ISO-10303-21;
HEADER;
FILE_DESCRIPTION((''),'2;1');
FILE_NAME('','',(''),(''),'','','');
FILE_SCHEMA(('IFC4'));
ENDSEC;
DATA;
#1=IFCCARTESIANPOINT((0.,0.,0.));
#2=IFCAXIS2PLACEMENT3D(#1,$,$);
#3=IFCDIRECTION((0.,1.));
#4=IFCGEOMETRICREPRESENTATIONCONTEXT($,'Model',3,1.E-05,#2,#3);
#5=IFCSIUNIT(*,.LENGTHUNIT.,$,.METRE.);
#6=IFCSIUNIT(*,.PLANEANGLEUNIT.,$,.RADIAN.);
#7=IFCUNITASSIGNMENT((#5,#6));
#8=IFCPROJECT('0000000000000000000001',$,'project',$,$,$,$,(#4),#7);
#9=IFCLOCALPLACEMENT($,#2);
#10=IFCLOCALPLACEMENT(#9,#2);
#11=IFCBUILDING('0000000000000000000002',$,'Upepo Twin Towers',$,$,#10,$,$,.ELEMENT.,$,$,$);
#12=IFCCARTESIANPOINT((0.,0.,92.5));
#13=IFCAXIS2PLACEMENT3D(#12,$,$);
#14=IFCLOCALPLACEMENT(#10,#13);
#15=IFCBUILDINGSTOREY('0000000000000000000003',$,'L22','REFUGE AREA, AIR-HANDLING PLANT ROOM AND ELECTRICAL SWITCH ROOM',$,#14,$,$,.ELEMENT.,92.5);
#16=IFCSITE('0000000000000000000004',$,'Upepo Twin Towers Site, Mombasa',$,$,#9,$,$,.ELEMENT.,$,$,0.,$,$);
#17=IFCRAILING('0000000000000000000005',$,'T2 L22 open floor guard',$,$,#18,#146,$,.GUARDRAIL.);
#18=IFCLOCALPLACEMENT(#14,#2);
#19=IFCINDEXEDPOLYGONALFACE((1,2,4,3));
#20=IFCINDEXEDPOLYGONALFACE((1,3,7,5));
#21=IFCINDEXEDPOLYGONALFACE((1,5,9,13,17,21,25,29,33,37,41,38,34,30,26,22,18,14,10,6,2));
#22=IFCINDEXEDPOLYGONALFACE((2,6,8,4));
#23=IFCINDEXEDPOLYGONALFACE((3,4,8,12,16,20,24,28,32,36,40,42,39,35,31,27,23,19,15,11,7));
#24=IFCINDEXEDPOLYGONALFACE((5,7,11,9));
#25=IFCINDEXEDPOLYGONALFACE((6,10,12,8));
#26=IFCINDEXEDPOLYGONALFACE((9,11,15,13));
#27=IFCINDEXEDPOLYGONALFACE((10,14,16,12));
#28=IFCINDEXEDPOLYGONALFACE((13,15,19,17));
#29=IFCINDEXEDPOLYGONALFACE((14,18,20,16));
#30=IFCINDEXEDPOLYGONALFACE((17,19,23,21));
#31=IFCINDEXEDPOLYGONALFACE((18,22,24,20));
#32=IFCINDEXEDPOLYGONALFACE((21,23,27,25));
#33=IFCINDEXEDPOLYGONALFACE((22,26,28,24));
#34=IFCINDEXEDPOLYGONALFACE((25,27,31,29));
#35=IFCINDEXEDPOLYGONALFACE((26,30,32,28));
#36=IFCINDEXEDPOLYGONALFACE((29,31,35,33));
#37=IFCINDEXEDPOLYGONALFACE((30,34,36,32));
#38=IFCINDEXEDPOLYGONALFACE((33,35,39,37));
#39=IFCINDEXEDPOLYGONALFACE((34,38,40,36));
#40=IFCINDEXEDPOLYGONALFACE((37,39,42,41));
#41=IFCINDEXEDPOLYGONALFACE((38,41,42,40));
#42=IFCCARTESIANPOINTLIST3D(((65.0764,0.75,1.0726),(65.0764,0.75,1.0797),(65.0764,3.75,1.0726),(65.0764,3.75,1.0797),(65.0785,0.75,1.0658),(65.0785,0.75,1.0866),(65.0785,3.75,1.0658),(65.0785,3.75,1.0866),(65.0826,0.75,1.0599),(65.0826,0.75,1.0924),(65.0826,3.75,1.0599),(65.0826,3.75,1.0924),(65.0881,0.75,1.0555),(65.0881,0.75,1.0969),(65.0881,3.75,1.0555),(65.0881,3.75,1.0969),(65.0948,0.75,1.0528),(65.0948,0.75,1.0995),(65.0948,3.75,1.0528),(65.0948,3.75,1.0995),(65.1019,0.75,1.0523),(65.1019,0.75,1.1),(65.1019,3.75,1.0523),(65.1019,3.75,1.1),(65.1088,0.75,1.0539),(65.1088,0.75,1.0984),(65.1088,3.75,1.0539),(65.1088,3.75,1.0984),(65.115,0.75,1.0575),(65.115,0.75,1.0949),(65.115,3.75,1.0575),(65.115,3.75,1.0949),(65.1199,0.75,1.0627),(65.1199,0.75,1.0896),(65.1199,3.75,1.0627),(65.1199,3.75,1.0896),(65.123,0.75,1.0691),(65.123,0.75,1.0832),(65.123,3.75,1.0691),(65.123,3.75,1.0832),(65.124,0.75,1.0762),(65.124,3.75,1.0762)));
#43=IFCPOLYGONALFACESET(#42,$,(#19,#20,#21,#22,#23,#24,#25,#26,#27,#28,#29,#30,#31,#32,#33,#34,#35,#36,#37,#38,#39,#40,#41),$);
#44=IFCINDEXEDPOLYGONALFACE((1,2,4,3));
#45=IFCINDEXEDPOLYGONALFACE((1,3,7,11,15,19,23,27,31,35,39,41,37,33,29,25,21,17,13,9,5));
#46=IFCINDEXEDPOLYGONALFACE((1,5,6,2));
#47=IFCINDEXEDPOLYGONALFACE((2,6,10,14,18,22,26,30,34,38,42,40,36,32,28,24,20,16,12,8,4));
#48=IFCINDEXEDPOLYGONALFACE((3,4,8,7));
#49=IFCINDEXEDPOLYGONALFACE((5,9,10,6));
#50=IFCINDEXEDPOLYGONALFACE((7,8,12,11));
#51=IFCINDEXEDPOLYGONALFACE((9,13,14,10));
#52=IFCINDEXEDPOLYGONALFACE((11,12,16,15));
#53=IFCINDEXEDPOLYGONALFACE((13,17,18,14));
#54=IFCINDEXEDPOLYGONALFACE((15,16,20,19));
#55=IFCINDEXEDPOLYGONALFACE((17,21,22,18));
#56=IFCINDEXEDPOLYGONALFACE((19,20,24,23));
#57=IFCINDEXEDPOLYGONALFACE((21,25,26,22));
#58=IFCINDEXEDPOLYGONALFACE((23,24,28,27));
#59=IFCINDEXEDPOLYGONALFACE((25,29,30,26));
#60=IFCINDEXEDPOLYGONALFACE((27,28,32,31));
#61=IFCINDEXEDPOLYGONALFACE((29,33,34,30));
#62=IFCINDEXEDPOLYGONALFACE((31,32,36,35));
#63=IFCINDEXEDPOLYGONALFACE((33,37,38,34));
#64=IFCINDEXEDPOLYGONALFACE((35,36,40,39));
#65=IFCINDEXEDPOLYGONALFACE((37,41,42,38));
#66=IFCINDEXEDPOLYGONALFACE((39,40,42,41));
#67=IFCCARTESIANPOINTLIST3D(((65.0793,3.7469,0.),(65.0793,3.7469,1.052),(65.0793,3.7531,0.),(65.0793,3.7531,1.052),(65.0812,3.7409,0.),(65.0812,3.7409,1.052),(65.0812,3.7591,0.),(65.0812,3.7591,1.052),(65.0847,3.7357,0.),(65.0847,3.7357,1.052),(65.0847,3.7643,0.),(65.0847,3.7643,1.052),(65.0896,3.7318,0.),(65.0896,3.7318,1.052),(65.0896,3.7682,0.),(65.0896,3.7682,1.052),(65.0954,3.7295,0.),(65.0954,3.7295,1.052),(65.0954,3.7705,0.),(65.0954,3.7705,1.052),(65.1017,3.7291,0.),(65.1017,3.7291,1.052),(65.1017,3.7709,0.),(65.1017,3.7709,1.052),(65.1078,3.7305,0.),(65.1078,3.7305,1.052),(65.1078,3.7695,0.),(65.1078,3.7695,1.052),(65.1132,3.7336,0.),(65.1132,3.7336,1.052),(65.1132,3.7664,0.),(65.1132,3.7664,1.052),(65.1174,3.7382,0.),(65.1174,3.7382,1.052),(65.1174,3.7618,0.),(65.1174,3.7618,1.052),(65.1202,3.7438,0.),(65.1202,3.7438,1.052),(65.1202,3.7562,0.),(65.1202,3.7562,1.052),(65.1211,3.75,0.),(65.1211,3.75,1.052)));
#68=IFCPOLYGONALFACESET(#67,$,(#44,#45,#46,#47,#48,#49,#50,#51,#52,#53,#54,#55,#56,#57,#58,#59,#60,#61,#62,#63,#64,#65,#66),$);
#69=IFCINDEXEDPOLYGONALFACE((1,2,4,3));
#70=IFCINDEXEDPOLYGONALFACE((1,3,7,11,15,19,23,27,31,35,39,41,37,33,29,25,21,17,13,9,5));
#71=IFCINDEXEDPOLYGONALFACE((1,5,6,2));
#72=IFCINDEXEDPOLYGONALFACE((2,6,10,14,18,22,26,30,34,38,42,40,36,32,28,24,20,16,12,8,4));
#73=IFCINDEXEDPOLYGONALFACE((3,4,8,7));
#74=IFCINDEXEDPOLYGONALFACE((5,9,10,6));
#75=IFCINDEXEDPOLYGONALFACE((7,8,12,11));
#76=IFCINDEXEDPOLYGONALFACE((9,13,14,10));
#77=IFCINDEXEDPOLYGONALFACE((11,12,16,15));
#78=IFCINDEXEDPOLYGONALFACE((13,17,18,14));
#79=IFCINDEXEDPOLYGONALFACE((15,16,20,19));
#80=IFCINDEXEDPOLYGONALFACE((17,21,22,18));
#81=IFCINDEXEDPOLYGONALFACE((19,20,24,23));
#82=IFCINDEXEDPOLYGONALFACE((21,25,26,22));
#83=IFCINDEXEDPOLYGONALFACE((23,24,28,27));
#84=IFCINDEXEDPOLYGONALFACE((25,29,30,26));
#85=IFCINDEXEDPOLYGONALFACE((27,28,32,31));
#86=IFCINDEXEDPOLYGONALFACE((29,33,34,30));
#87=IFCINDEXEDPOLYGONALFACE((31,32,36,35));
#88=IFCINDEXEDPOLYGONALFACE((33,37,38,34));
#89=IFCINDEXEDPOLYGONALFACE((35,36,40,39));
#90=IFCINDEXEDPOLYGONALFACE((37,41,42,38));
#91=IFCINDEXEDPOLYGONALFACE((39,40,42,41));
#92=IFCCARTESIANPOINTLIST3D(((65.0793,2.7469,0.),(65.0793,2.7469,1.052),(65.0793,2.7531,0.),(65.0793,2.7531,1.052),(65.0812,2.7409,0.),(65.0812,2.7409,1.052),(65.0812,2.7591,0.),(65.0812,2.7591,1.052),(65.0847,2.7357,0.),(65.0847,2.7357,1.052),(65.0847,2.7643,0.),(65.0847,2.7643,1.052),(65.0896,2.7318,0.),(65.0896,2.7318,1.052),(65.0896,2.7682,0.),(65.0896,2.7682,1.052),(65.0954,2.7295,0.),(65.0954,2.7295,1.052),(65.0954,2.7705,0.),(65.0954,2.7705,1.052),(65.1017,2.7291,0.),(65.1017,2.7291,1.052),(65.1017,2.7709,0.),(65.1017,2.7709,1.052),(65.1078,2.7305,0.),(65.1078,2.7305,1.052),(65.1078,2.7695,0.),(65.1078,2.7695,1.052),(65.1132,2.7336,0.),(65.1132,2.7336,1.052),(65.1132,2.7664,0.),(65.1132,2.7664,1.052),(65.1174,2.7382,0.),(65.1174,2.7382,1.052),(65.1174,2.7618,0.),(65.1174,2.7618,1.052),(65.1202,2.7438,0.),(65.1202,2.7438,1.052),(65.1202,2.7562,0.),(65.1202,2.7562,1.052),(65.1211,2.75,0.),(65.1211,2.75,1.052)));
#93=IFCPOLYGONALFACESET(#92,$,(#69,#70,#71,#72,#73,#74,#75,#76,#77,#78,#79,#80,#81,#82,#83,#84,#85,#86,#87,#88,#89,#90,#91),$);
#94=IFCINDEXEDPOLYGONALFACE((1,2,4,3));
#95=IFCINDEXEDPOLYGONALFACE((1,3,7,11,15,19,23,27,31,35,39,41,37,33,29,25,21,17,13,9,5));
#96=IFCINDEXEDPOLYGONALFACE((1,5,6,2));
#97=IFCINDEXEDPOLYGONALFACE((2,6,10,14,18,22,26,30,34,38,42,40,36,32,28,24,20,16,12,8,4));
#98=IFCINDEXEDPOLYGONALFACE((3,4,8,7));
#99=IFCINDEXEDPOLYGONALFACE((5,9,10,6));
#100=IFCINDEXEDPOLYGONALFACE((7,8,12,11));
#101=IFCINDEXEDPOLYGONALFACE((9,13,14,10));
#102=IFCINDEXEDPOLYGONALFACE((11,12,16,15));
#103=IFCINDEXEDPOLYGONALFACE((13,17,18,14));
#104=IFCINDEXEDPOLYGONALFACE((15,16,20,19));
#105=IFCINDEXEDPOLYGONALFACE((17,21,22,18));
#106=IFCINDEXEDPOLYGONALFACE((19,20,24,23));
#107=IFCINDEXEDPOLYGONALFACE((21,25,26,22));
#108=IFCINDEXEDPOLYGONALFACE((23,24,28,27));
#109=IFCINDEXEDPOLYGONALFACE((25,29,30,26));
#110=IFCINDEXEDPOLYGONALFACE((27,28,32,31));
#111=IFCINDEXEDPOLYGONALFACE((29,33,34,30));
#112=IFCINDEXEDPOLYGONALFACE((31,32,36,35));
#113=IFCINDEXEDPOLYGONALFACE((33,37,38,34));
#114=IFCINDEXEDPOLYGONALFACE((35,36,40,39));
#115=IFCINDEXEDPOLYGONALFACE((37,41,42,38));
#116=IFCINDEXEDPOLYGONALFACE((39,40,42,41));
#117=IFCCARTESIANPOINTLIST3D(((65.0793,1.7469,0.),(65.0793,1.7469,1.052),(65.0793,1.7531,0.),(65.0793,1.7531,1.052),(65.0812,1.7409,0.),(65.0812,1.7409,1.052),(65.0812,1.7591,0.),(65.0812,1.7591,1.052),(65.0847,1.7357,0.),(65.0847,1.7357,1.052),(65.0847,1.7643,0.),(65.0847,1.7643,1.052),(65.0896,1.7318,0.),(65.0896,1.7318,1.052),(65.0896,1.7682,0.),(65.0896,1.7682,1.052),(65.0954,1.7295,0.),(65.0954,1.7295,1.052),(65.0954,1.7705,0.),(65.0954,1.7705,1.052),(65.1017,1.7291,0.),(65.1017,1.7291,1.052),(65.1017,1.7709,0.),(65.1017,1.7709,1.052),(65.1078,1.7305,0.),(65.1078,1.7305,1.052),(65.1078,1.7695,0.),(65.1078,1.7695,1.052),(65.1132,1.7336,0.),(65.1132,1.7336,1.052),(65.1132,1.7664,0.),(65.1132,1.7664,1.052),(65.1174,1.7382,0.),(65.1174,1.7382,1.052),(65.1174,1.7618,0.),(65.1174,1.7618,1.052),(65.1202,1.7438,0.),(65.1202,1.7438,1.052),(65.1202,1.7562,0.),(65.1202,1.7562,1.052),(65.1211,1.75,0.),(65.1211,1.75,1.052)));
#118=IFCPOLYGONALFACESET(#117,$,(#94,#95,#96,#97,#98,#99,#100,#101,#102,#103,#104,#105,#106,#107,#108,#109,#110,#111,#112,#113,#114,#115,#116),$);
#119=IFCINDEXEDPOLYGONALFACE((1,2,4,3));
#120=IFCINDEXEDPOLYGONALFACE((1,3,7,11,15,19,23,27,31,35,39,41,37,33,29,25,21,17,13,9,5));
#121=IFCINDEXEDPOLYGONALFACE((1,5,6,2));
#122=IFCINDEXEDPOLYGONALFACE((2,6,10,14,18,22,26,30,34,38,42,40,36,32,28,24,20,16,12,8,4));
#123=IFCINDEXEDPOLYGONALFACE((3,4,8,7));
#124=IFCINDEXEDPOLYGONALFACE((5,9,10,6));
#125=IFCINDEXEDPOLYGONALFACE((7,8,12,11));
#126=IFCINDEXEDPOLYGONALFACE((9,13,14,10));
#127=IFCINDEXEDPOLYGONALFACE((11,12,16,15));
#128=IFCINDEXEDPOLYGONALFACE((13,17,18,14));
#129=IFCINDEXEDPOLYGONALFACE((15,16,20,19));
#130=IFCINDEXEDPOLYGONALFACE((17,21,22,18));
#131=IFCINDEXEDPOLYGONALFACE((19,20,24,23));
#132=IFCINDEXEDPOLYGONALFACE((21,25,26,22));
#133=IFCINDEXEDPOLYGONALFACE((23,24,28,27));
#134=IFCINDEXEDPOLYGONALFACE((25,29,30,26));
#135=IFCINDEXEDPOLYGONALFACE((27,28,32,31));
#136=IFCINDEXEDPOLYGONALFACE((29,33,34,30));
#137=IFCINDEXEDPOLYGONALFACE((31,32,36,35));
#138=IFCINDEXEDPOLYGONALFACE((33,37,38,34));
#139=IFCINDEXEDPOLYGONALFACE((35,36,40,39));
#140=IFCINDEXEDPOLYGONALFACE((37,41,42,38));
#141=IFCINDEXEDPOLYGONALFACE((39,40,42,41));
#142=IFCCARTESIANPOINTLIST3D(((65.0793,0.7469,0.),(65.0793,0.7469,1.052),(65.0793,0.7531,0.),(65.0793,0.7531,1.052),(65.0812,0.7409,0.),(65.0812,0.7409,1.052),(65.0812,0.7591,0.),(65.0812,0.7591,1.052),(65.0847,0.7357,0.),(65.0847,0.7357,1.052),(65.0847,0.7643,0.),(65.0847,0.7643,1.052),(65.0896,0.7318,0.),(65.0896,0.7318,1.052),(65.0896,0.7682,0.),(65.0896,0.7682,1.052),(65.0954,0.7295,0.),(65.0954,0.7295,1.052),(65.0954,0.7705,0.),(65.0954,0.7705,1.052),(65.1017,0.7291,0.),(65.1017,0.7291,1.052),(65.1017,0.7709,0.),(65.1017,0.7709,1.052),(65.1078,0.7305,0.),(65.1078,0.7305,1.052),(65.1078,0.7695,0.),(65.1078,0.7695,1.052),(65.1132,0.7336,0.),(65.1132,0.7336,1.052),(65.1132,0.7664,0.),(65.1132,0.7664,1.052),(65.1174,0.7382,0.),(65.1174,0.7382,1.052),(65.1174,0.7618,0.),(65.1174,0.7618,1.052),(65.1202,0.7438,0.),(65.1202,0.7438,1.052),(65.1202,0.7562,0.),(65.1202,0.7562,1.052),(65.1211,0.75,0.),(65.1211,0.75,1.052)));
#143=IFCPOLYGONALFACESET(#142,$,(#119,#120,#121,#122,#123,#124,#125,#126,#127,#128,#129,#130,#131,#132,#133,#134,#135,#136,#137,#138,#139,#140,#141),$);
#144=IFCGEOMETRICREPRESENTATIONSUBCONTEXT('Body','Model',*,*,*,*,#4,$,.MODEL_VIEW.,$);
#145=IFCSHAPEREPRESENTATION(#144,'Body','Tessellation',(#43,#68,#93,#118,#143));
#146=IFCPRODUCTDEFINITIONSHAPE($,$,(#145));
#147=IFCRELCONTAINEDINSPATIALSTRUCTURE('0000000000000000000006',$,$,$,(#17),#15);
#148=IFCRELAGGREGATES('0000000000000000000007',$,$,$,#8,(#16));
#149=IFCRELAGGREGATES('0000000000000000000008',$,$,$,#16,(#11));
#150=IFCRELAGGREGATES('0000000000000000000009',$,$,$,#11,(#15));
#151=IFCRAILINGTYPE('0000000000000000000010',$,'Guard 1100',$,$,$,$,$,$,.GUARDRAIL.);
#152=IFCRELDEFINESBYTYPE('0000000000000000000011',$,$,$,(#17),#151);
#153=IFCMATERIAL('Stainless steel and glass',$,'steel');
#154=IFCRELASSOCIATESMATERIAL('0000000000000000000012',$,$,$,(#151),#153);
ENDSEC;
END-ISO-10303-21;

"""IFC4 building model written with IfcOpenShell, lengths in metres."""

from ifc_helpers import new_model, si_unit, direction, frame, origin, origin_2d, place, context, subcontext, project, spatial, circle, extrude, material, type_object, element, save


model = new_model("IFC4")

# Units and contexts
model_context = context("Model", 3, precision=1e-05, world=origin(), true_north=direction((0.0, 1.0)))
body_context = subcontext(model_context, "Body", "Model", "MODEL_VIEW")
ifc_project = project(units=[si_unit("LENGTHUNIT", "METRE"), si_unit("PLANEANGLEUNIT", "RADIAN")], contexts=[model_context])

# Site, building, storey
site_placement = place(None, origin())
site = spatial("IfcSite", under=ifc_project, at=site_placement, Name="Upepo Twin Towers Site, Mombasa", CompositionType="ELEMENT", RefElevation=0.0)
building_placement = place(site_placement, origin())
building = spatial("IfcBuilding", under=site, at=building_placement, Name="Upepo Twin Towers", CompositionType="ELEMENT")
storey_placement = place(building_placement, frame((0.0, 0.0, 92.5)))
storey = spatial("IfcBuildingStorey", under=building, at=storey_placement, Name="L22", Description="REFUGE AREA, AIR-HANDLING PLANT ROOM AND ELECTRICAL SWITCH ROOM", CompositionType="ELEMENT", Elevation=92.5)

# Railing
ifc_material_1 = material(Name="Stainless steel and glass", Category="steel")
railing_type = type_object("IfcRailingType", Name="Guard 1100", PredefinedType="GUARDRAIL", material=ifc_material_1)
for number, where, name in (
    (1, (65.1001, 3.75, 0.0), "T2 L22 open floor guard"),
):
    element("IfcRailing", number, at=place(storey_placement, frame(where)), inside=storey, type_object=railing_type, Name=name, PredefinedType="GUARDRAIL", context=body_context, shape_type="SweptSolid", body=[
        extrude(circle(Radius=0.0239, at=origin_2d()), frame((0.0, 0.0, 1.0762), z_axis=(0.0, -1.0, 0.0), x_axis=(1.0, 0.0, 0.0)), (0.0, 0.0, 1.0), 3.0),
        extrude(circle(Radius=0.021, at=origin_2d()), origin(), (0.0, 0.0, 1.0), 1.052),
        extrude(circle(Radius=0.021, at=origin_2d()), frame((0.0, -1.0, 0.0)), (0.0, 0.0, 1.0), 1.052),
        extrude(circle(Radius=0.021, at=origin_2d()), frame((0.0, -2.0, 0.0)), (0.0, 0.0, 1.0), 1.052),
        extrude(circle(Radius=0.021, at=origin_2d()), frame((0.0, -3.0, 0.0)), (0.0, 0.0, 1.0), 1.052),
    ])

save(model, "model.ifc")
